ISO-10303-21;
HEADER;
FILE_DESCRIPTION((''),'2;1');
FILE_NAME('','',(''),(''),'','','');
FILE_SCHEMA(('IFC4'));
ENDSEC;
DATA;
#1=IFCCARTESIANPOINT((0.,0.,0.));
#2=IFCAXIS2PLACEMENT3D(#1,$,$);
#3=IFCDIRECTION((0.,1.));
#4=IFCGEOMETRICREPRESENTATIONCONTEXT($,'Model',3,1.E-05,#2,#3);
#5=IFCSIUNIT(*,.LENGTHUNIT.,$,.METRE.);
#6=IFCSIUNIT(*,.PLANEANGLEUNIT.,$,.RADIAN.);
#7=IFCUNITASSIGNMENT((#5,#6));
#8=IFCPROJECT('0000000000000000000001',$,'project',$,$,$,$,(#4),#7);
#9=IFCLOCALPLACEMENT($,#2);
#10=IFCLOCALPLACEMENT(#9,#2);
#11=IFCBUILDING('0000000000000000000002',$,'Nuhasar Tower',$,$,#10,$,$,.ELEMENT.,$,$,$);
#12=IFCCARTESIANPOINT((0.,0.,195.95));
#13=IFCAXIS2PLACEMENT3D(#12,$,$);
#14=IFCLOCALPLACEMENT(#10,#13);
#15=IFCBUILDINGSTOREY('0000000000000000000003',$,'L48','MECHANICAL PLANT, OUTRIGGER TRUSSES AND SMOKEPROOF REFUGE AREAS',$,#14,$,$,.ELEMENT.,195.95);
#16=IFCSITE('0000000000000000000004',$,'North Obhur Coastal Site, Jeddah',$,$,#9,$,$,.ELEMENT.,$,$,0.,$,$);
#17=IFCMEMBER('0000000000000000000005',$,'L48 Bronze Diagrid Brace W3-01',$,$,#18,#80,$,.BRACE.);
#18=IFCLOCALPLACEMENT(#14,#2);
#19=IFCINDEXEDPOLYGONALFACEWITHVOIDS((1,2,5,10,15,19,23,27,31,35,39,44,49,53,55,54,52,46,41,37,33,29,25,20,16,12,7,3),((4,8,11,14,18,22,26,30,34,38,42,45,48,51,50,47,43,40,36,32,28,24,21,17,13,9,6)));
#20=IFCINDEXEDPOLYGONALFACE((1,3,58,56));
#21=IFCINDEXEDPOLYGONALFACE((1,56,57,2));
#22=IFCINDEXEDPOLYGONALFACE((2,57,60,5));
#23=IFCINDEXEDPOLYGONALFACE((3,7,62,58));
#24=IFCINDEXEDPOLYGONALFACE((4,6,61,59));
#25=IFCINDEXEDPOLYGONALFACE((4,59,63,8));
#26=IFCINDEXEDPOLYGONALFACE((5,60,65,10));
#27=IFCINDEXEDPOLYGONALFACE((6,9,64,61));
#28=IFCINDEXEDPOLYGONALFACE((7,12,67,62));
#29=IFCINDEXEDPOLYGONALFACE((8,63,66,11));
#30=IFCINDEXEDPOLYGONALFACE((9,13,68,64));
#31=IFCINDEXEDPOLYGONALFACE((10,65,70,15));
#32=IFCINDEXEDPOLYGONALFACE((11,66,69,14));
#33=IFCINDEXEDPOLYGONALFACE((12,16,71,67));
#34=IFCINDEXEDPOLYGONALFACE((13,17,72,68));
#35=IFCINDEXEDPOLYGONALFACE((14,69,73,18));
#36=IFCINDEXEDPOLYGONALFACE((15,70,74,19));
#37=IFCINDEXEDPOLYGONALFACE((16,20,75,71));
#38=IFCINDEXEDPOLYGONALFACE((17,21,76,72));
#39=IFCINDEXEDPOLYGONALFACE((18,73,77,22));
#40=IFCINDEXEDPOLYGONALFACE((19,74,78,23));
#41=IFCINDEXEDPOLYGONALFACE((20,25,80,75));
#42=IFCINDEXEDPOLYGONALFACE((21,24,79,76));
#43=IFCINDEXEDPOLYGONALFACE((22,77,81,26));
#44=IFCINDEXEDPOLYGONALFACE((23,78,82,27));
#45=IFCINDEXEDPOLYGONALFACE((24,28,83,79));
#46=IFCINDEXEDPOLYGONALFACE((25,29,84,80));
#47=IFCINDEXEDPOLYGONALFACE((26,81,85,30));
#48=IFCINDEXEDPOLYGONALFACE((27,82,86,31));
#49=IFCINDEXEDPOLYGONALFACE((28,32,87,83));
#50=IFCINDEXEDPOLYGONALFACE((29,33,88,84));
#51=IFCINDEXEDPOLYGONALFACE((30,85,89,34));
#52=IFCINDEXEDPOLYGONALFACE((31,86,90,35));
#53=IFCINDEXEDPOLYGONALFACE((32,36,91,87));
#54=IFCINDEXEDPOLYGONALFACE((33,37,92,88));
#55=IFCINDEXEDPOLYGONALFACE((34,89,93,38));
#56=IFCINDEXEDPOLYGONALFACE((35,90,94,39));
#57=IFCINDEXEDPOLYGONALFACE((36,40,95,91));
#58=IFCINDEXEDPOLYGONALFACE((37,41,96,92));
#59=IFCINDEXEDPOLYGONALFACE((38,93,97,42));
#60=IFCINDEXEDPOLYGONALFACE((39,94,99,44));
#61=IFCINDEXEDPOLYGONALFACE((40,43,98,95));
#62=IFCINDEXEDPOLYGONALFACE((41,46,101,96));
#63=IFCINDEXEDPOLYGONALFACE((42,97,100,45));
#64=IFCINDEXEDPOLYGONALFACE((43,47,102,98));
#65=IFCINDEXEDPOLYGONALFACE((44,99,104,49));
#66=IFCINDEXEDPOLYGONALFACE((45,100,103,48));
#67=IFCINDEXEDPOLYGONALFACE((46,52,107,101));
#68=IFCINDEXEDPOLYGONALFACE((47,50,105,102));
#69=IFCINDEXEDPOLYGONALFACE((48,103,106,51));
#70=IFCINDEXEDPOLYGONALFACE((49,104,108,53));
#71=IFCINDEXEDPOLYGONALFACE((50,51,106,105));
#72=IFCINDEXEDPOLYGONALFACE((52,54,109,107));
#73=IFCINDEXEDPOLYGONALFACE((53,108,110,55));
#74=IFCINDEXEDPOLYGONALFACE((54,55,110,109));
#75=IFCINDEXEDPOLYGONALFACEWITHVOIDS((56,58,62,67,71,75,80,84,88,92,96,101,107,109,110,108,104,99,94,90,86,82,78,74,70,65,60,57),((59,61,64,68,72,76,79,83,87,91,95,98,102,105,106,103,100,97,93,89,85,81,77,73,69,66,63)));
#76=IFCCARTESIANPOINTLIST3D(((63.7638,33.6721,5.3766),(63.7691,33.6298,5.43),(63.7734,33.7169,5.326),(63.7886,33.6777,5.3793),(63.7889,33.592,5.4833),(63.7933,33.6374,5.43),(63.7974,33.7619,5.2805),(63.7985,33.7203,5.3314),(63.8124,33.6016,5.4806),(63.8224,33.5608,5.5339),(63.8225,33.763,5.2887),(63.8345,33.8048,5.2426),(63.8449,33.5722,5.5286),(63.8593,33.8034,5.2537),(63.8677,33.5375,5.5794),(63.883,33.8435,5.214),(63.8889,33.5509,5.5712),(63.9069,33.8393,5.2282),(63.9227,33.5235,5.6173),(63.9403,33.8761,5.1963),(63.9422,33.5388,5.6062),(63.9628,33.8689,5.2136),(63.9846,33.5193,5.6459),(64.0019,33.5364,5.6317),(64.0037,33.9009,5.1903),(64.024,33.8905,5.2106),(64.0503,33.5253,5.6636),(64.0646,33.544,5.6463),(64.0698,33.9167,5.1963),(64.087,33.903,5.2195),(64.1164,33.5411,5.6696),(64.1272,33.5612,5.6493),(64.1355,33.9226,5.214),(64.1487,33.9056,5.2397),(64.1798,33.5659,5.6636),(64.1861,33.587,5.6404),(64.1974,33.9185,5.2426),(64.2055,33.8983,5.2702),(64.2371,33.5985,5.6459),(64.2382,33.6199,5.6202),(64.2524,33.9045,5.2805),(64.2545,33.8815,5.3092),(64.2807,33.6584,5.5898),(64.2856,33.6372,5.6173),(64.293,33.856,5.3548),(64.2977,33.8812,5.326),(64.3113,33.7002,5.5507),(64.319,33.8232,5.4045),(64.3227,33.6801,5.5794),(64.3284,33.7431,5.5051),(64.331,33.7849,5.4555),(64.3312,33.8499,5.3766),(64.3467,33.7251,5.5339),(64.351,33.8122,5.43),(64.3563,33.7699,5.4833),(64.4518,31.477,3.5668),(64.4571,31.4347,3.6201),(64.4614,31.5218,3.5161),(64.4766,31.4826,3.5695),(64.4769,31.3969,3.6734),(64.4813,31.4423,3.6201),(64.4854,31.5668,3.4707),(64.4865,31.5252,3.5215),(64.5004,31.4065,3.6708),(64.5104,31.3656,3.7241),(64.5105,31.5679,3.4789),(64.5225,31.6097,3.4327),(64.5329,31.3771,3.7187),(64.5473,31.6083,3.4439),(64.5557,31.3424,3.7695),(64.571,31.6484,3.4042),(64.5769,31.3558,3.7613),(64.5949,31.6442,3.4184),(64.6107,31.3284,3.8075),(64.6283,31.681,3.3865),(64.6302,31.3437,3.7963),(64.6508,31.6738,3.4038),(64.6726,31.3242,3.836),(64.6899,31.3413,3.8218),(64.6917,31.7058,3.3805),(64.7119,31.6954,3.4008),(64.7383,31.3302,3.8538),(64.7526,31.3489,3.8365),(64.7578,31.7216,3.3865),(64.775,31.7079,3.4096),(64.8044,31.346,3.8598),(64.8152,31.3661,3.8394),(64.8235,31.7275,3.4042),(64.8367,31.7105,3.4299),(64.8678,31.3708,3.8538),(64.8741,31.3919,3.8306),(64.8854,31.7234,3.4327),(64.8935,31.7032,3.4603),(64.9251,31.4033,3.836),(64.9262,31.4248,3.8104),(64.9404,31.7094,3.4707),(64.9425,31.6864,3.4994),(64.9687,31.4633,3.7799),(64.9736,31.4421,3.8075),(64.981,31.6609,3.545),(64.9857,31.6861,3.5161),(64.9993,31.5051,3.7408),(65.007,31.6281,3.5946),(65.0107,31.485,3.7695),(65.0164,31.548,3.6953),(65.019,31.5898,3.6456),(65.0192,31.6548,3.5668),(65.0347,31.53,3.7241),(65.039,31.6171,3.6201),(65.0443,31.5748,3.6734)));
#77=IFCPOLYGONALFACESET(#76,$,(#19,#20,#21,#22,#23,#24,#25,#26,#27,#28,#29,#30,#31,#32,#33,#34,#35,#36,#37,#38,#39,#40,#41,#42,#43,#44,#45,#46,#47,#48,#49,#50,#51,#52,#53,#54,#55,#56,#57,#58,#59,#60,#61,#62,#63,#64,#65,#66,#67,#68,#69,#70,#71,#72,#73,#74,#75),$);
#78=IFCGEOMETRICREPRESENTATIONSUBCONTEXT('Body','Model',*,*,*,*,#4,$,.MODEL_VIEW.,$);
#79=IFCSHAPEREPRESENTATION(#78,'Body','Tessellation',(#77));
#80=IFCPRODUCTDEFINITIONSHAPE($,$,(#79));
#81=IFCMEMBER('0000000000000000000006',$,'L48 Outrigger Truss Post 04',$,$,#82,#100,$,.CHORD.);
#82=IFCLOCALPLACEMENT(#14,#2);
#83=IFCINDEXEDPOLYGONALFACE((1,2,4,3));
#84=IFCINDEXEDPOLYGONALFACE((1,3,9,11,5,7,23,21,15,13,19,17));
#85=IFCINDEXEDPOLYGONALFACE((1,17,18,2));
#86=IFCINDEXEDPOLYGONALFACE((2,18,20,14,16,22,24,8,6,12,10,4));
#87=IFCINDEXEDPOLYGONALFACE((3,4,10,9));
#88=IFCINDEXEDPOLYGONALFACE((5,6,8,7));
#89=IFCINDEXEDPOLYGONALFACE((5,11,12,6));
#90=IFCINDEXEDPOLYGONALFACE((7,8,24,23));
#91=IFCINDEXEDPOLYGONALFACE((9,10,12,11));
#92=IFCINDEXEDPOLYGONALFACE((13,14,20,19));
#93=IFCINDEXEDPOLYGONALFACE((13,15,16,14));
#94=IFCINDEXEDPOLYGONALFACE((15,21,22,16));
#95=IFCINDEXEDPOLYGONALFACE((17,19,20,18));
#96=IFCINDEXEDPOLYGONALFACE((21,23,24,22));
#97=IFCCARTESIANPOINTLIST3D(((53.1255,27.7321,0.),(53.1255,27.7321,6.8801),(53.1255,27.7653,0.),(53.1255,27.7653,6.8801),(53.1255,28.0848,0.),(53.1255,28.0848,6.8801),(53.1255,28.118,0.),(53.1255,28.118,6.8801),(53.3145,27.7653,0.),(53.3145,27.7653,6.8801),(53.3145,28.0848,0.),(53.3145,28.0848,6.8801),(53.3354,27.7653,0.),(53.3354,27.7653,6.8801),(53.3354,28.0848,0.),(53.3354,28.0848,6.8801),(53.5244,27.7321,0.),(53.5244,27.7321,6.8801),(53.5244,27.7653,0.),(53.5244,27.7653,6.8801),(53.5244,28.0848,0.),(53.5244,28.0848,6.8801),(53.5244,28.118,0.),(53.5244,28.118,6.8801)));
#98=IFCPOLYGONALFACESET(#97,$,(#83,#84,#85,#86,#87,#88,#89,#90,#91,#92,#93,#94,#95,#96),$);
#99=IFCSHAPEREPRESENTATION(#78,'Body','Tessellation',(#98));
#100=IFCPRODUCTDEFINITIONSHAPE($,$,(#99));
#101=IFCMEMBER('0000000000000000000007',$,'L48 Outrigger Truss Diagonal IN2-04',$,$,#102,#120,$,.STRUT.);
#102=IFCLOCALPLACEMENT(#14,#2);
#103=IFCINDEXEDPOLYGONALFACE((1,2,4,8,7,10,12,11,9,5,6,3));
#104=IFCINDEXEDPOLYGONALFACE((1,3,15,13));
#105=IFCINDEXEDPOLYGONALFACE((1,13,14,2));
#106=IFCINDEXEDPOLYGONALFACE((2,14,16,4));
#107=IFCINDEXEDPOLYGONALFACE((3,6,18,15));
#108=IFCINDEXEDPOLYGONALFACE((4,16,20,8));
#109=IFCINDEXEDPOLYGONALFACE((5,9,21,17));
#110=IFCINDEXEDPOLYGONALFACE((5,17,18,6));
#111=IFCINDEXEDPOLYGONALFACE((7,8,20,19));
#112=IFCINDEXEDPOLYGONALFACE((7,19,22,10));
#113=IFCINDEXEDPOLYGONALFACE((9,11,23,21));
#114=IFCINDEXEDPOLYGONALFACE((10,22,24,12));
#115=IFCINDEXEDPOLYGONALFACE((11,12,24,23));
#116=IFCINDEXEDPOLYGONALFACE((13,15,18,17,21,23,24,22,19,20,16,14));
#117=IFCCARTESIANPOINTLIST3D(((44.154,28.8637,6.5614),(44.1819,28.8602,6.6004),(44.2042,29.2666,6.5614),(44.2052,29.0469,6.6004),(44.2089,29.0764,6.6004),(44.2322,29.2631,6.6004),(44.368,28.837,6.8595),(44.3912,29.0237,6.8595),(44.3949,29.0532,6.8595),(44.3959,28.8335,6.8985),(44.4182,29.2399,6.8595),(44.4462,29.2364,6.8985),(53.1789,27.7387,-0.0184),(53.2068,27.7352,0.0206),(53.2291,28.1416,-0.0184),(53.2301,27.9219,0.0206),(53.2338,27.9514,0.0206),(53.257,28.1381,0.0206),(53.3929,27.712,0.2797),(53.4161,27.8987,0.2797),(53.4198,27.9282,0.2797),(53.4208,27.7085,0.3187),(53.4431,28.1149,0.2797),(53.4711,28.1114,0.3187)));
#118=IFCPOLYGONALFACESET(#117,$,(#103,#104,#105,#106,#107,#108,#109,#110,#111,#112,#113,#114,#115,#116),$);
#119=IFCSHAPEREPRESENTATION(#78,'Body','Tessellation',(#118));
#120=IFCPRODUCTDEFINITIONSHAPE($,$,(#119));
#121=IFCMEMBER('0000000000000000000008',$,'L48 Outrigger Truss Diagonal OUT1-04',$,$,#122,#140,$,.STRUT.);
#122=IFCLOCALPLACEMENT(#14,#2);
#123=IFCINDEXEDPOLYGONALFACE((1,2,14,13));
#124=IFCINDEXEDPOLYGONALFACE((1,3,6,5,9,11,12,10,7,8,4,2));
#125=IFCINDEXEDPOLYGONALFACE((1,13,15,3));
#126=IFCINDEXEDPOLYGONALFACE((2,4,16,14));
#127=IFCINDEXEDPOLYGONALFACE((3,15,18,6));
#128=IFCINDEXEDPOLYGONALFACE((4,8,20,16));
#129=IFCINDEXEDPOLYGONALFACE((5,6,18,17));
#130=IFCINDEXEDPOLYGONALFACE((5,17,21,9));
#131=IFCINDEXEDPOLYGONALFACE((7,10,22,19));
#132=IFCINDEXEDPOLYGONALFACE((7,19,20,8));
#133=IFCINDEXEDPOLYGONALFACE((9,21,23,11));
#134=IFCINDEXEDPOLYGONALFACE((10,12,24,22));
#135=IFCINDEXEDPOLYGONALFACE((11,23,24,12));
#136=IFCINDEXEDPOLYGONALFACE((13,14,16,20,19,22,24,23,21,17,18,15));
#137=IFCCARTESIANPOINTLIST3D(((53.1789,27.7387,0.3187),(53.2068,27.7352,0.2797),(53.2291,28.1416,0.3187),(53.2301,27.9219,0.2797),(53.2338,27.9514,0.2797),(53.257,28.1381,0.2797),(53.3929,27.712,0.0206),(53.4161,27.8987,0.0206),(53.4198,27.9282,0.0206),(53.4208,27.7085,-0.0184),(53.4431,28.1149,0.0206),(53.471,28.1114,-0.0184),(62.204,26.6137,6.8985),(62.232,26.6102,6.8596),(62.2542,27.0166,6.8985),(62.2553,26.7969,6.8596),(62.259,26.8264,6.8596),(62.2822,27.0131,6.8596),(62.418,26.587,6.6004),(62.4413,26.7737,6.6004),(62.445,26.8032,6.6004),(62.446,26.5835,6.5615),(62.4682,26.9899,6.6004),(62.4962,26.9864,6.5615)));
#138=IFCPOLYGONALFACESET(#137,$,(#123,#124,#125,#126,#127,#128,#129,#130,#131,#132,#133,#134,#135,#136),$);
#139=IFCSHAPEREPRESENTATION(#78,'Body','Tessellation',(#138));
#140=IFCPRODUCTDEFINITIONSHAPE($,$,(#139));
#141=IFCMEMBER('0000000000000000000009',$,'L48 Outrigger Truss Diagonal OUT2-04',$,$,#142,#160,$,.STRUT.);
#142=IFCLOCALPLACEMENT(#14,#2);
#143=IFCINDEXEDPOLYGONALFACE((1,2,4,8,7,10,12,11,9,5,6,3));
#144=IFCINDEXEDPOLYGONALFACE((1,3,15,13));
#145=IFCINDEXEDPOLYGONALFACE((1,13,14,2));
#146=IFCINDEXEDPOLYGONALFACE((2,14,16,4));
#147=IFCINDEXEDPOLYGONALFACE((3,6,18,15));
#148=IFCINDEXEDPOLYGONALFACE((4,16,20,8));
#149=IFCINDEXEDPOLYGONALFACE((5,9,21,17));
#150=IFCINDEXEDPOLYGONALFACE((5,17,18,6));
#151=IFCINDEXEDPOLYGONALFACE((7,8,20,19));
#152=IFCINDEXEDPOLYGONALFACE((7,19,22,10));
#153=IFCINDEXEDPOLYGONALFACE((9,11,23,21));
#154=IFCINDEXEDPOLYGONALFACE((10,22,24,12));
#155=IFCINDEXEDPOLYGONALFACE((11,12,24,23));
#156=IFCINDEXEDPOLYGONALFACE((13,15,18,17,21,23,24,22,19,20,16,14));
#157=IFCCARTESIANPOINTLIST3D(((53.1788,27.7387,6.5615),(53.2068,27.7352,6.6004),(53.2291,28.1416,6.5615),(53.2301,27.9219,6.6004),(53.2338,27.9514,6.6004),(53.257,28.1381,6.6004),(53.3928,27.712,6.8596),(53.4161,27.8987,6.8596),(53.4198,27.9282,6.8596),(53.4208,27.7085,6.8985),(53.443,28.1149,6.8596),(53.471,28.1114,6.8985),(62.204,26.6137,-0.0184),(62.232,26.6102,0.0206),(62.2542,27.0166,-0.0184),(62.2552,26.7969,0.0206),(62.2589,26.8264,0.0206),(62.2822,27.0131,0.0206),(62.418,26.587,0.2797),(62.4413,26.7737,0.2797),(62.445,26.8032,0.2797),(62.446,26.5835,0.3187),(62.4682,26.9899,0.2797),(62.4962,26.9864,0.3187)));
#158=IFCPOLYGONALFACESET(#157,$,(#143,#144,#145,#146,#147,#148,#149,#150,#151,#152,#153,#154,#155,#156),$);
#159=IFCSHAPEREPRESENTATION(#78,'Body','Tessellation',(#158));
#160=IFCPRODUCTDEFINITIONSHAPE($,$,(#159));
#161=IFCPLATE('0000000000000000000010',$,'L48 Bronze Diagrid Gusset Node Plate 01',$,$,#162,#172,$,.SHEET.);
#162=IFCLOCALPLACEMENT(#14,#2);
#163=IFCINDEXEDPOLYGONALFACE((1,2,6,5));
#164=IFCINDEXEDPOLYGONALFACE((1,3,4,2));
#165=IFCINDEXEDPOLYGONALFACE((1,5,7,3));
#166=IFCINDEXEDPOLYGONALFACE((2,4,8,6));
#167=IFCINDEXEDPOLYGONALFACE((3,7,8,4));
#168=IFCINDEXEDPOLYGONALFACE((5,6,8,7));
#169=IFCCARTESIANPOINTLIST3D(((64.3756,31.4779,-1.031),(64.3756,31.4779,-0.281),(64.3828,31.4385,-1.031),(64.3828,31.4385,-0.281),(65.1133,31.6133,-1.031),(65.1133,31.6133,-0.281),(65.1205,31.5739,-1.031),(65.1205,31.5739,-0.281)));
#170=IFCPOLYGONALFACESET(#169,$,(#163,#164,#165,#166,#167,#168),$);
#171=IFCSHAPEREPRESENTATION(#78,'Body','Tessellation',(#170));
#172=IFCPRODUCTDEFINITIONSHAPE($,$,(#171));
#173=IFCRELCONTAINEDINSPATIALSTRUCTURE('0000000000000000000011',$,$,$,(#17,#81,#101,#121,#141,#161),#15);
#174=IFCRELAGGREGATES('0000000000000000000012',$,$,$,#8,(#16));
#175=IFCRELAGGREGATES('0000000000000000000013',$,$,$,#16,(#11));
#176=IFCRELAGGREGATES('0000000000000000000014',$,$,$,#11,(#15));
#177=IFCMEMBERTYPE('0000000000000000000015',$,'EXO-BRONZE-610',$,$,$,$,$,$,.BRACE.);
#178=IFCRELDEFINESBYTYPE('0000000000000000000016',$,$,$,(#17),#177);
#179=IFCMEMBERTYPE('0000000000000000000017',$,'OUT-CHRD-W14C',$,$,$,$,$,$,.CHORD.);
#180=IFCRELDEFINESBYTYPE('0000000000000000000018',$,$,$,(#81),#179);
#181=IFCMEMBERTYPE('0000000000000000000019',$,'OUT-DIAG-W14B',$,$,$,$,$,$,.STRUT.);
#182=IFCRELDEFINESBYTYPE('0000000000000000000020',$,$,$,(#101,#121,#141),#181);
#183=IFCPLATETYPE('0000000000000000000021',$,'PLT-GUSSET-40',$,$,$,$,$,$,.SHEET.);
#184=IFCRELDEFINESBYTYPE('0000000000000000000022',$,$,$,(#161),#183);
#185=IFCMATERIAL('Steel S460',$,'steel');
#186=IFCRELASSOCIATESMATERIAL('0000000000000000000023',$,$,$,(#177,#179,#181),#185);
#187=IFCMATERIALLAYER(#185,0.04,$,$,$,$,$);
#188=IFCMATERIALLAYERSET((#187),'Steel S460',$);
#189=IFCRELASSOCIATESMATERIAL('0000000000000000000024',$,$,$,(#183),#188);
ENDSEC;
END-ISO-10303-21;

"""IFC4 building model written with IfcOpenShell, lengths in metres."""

from ifc_helpers import new_model, si_unit, direction, frame, origin, origin_2d, place, context, subcontext, project, spatial, rectangle, hollow_circle, i_section, extrude, material, layer, layer_set, material_profile, profile_set, type_object, element, save


model = new_model("IFC4")

# Units and contexts
model_context = context("Model", 3, precision=1e-05, world=origin(), true_north=direction((0.0, 1.0)))
body_context = subcontext(model_context, "Body", "Model", "MODEL_VIEW")
ifc_project = project(units=[si_unit("LENGTHUNIT", "METRE"), si_unit("PLANEANGLEUNIT", "RADIAN")], contexts=[model_context])

# Site, building, storey
site_placement = place(None, origin())
site = spatial("IfcSite", under=ifc_project, at=site_placement, Name="North Obhur Coastal Site, Jeddah", CompositionType="ELEMENT", RefElevation=0.0)
building_placement = place(site_placement, origin())
building = spatial("IfcBuilding", under=site, at=building_placement, Name="Nuhasar Tower", CompositionType="ELEMENT")
storey_placement = place(building_placement, frame((0.0, 0.0, 195.95)))
storey = spatial("IfcBuildingStorey", under=building, at=storey_placement, Name="L48", Description="MECHANICAL PLANT, OUTRIGGER TRUSSES AND SMOKEPROOF REFUGE AREAS", CompositionType="ELEMENT", Elevation=195.95)

# Shared definitions
ifc_material_1 = material(Name="Steel S460", Category="steel")

# Members
ifc_material_profile_1 = material_profile(ifc_material_1, hollow_circle(Radius=0.3049, WallThickness=0.0254, at=origin_2d()), Name="HSS610X25.4")
ifc_profile_set_1 = profile_set([ifc_material_profile_1], Name="Steel S460")
member_type_1 = type_object("IfcMemberType", Name="EXO-BRONZE-610", PredefinedType="BRACE", material=ifc_profile_set_1)
for number, where, z_axis, x_axis, name in (
    (1, (64.748, 31.5259, 3.6201), (-0.235052, 0.749949, 0.618326), (-0.954228, -0.299079, 0.0), "L48 Bronze Diagrid Brace W3-01"),
):
    element("IfcMember", number, at=place(storey_placement, frame(where, z_axis=z_axis, x_axis=x_axis)), inside=storey, type_object=member_type_1, Name=name, PredefinedType="BRACE", context=body_context, shape_type="SweptSolid", body=[
        extrude(hollow_circle(Radius=0.3049, WallThickness=0.0254, at=origin_2d()), origin(), (0.0, 0.0, 1.0), 2.927),
    ])
ifc_material_profile_2 = material_profile(ifc_material_1, i_section(OverallWidth=0.3989, OverallDepth=0.386, WebThickness=0.021, FlangeThickness=0.0332, at=origin_2d()), Name="W14X176")
ifc_profile_set_2 = profile_set([ifc_material_profile_2], Name="Steel S460")
member_type_2 = type_object("IfcMemberType", Name="OUT-CHRD-W14C", PredefinedType="CHORD", material=ifc_profile_set_2)
member_1_placement = place(storey_placement, frame((53.325, 27.925, 0.0), z_axis=(0.0, 0.0, 1.0), x_axis=(1.0, 0.0, 0.0)))
element("IfcMember", 2, at=member_1_placement, inside=storey, type_object=member_type_2, Name="L48 Outrigger Truss Post 04", PredefinedType="CHORD", context=body_context, shape_type="SweptSolid", body=[
    extrude(i_section(OverallWidth=0.3989, OverallDepth=0.386, WebThickness=0.021, FlangeThickness=0.0332, at=origin_2d()), origin(), (0.0, 0.0, 1.0), 6.8801),
])
ifc_material_profile_3 = material_profile(ifc_material_1, i_section(OverallWidth=0.406, OverallDepth=0.416, WebThickness=0.0298, FlangeThickness=0.0481, at=origin_2d()), Name="W14X257")
ifc_profile_set_3 = profile_set([ifc_material_profile_3], Name="Steel S460")
member_type_3 = type_object("IfcMemberType", Name="OUT-DIAG-W14B", PredefinedType="STRUT", material=ifc_profile_set_3)
member_2_placement = place(storey_placement, frame((53.325, 27.925, 0.1501), z_axis=(-0.803974, 0.10022, 0.586158), x_axis=(-0.123698, -0.99232, 0.0)))
element("IfcMember", 3, at=member_2_placement, inside=storey, type_object=member_type_3, Name="L48 Outrigger Truss Diagonal IN2-04", PredefinedType="STRUT", context=body_context, shape_type="SweptSolid", body=[
    extrude(i_section(OverallWidth=0.406, OverallDepth=0.416, WebThickness=0.0298, FlangeThickness=0.0481, at=origin_2d()), origin(), (0.0, 0.0, 1.0), 11.2253),
])
for number, where, z_axis, x_axis, name in (
    (4, (53.325, 27.925, 0.1501), (0.803982, -0.100218, 0.586148), (0.123694, 0.99232, 0.0), "L48 Outrigger Truss Diagonal OUT1-04"),
    (5, (62.3501, 26.8, 0.1501), (-0.803982, 0.100218, 0.586148), (-0.123694, -0.99232, 0.0), "L48 Outrigger Truss Diagonal OUT2-04"),
):
    element("IfcMember", number, at=place(storey_placement, frame(where, z_axis=z_axis, x_axis=x_axis)), inside=storey, type_object=member_type_3, Name=name, PredefinedType="STRUT", context=body_context, shape_type="SweptSolid", body=[
        extrude(i_section(OverallWidth=0.406, OverallDepth=0.416, WebThickness=0.0298, FlangeThickness=0.0481, at=origin_2d()), origin(), (0.0, 0.0, 1.0), 11.2256),
    ])

# Plate
ifc_layer_1 = layer(ifc_material_1, 0.04)
ifc_layer_set_1 = layer_set([ifc_layer_1], Name="Steel S460")
plate_type = type_object("IfcPlateType", Name="PLT-GUSSET-40", PredefinedType="SHEET", material=ifc_layer_set_1)
plate_placement = place(storey_placement, frame((64.748, 31.5259, -1.031), z_axis=(0.0, 0.0, 1.0), x_axis=(0.983568, 0.180536, 0.0)))
element("IfcPlate", 6, at=plate_placement, inside=storey, type_object=plate_type, Name="L48 Bronze Diagrid Gusset Node Plate 01", PredefinedType="SHEET", context=body_context, shape_type="SweptSolid", body=[
    extrude(rectangle(XDim=0.75, YDim=0.04, at=origin_2d()), origin(), (0.0, 0.0, 1.0), 0.75),
])

save(model, "model.ifc")
